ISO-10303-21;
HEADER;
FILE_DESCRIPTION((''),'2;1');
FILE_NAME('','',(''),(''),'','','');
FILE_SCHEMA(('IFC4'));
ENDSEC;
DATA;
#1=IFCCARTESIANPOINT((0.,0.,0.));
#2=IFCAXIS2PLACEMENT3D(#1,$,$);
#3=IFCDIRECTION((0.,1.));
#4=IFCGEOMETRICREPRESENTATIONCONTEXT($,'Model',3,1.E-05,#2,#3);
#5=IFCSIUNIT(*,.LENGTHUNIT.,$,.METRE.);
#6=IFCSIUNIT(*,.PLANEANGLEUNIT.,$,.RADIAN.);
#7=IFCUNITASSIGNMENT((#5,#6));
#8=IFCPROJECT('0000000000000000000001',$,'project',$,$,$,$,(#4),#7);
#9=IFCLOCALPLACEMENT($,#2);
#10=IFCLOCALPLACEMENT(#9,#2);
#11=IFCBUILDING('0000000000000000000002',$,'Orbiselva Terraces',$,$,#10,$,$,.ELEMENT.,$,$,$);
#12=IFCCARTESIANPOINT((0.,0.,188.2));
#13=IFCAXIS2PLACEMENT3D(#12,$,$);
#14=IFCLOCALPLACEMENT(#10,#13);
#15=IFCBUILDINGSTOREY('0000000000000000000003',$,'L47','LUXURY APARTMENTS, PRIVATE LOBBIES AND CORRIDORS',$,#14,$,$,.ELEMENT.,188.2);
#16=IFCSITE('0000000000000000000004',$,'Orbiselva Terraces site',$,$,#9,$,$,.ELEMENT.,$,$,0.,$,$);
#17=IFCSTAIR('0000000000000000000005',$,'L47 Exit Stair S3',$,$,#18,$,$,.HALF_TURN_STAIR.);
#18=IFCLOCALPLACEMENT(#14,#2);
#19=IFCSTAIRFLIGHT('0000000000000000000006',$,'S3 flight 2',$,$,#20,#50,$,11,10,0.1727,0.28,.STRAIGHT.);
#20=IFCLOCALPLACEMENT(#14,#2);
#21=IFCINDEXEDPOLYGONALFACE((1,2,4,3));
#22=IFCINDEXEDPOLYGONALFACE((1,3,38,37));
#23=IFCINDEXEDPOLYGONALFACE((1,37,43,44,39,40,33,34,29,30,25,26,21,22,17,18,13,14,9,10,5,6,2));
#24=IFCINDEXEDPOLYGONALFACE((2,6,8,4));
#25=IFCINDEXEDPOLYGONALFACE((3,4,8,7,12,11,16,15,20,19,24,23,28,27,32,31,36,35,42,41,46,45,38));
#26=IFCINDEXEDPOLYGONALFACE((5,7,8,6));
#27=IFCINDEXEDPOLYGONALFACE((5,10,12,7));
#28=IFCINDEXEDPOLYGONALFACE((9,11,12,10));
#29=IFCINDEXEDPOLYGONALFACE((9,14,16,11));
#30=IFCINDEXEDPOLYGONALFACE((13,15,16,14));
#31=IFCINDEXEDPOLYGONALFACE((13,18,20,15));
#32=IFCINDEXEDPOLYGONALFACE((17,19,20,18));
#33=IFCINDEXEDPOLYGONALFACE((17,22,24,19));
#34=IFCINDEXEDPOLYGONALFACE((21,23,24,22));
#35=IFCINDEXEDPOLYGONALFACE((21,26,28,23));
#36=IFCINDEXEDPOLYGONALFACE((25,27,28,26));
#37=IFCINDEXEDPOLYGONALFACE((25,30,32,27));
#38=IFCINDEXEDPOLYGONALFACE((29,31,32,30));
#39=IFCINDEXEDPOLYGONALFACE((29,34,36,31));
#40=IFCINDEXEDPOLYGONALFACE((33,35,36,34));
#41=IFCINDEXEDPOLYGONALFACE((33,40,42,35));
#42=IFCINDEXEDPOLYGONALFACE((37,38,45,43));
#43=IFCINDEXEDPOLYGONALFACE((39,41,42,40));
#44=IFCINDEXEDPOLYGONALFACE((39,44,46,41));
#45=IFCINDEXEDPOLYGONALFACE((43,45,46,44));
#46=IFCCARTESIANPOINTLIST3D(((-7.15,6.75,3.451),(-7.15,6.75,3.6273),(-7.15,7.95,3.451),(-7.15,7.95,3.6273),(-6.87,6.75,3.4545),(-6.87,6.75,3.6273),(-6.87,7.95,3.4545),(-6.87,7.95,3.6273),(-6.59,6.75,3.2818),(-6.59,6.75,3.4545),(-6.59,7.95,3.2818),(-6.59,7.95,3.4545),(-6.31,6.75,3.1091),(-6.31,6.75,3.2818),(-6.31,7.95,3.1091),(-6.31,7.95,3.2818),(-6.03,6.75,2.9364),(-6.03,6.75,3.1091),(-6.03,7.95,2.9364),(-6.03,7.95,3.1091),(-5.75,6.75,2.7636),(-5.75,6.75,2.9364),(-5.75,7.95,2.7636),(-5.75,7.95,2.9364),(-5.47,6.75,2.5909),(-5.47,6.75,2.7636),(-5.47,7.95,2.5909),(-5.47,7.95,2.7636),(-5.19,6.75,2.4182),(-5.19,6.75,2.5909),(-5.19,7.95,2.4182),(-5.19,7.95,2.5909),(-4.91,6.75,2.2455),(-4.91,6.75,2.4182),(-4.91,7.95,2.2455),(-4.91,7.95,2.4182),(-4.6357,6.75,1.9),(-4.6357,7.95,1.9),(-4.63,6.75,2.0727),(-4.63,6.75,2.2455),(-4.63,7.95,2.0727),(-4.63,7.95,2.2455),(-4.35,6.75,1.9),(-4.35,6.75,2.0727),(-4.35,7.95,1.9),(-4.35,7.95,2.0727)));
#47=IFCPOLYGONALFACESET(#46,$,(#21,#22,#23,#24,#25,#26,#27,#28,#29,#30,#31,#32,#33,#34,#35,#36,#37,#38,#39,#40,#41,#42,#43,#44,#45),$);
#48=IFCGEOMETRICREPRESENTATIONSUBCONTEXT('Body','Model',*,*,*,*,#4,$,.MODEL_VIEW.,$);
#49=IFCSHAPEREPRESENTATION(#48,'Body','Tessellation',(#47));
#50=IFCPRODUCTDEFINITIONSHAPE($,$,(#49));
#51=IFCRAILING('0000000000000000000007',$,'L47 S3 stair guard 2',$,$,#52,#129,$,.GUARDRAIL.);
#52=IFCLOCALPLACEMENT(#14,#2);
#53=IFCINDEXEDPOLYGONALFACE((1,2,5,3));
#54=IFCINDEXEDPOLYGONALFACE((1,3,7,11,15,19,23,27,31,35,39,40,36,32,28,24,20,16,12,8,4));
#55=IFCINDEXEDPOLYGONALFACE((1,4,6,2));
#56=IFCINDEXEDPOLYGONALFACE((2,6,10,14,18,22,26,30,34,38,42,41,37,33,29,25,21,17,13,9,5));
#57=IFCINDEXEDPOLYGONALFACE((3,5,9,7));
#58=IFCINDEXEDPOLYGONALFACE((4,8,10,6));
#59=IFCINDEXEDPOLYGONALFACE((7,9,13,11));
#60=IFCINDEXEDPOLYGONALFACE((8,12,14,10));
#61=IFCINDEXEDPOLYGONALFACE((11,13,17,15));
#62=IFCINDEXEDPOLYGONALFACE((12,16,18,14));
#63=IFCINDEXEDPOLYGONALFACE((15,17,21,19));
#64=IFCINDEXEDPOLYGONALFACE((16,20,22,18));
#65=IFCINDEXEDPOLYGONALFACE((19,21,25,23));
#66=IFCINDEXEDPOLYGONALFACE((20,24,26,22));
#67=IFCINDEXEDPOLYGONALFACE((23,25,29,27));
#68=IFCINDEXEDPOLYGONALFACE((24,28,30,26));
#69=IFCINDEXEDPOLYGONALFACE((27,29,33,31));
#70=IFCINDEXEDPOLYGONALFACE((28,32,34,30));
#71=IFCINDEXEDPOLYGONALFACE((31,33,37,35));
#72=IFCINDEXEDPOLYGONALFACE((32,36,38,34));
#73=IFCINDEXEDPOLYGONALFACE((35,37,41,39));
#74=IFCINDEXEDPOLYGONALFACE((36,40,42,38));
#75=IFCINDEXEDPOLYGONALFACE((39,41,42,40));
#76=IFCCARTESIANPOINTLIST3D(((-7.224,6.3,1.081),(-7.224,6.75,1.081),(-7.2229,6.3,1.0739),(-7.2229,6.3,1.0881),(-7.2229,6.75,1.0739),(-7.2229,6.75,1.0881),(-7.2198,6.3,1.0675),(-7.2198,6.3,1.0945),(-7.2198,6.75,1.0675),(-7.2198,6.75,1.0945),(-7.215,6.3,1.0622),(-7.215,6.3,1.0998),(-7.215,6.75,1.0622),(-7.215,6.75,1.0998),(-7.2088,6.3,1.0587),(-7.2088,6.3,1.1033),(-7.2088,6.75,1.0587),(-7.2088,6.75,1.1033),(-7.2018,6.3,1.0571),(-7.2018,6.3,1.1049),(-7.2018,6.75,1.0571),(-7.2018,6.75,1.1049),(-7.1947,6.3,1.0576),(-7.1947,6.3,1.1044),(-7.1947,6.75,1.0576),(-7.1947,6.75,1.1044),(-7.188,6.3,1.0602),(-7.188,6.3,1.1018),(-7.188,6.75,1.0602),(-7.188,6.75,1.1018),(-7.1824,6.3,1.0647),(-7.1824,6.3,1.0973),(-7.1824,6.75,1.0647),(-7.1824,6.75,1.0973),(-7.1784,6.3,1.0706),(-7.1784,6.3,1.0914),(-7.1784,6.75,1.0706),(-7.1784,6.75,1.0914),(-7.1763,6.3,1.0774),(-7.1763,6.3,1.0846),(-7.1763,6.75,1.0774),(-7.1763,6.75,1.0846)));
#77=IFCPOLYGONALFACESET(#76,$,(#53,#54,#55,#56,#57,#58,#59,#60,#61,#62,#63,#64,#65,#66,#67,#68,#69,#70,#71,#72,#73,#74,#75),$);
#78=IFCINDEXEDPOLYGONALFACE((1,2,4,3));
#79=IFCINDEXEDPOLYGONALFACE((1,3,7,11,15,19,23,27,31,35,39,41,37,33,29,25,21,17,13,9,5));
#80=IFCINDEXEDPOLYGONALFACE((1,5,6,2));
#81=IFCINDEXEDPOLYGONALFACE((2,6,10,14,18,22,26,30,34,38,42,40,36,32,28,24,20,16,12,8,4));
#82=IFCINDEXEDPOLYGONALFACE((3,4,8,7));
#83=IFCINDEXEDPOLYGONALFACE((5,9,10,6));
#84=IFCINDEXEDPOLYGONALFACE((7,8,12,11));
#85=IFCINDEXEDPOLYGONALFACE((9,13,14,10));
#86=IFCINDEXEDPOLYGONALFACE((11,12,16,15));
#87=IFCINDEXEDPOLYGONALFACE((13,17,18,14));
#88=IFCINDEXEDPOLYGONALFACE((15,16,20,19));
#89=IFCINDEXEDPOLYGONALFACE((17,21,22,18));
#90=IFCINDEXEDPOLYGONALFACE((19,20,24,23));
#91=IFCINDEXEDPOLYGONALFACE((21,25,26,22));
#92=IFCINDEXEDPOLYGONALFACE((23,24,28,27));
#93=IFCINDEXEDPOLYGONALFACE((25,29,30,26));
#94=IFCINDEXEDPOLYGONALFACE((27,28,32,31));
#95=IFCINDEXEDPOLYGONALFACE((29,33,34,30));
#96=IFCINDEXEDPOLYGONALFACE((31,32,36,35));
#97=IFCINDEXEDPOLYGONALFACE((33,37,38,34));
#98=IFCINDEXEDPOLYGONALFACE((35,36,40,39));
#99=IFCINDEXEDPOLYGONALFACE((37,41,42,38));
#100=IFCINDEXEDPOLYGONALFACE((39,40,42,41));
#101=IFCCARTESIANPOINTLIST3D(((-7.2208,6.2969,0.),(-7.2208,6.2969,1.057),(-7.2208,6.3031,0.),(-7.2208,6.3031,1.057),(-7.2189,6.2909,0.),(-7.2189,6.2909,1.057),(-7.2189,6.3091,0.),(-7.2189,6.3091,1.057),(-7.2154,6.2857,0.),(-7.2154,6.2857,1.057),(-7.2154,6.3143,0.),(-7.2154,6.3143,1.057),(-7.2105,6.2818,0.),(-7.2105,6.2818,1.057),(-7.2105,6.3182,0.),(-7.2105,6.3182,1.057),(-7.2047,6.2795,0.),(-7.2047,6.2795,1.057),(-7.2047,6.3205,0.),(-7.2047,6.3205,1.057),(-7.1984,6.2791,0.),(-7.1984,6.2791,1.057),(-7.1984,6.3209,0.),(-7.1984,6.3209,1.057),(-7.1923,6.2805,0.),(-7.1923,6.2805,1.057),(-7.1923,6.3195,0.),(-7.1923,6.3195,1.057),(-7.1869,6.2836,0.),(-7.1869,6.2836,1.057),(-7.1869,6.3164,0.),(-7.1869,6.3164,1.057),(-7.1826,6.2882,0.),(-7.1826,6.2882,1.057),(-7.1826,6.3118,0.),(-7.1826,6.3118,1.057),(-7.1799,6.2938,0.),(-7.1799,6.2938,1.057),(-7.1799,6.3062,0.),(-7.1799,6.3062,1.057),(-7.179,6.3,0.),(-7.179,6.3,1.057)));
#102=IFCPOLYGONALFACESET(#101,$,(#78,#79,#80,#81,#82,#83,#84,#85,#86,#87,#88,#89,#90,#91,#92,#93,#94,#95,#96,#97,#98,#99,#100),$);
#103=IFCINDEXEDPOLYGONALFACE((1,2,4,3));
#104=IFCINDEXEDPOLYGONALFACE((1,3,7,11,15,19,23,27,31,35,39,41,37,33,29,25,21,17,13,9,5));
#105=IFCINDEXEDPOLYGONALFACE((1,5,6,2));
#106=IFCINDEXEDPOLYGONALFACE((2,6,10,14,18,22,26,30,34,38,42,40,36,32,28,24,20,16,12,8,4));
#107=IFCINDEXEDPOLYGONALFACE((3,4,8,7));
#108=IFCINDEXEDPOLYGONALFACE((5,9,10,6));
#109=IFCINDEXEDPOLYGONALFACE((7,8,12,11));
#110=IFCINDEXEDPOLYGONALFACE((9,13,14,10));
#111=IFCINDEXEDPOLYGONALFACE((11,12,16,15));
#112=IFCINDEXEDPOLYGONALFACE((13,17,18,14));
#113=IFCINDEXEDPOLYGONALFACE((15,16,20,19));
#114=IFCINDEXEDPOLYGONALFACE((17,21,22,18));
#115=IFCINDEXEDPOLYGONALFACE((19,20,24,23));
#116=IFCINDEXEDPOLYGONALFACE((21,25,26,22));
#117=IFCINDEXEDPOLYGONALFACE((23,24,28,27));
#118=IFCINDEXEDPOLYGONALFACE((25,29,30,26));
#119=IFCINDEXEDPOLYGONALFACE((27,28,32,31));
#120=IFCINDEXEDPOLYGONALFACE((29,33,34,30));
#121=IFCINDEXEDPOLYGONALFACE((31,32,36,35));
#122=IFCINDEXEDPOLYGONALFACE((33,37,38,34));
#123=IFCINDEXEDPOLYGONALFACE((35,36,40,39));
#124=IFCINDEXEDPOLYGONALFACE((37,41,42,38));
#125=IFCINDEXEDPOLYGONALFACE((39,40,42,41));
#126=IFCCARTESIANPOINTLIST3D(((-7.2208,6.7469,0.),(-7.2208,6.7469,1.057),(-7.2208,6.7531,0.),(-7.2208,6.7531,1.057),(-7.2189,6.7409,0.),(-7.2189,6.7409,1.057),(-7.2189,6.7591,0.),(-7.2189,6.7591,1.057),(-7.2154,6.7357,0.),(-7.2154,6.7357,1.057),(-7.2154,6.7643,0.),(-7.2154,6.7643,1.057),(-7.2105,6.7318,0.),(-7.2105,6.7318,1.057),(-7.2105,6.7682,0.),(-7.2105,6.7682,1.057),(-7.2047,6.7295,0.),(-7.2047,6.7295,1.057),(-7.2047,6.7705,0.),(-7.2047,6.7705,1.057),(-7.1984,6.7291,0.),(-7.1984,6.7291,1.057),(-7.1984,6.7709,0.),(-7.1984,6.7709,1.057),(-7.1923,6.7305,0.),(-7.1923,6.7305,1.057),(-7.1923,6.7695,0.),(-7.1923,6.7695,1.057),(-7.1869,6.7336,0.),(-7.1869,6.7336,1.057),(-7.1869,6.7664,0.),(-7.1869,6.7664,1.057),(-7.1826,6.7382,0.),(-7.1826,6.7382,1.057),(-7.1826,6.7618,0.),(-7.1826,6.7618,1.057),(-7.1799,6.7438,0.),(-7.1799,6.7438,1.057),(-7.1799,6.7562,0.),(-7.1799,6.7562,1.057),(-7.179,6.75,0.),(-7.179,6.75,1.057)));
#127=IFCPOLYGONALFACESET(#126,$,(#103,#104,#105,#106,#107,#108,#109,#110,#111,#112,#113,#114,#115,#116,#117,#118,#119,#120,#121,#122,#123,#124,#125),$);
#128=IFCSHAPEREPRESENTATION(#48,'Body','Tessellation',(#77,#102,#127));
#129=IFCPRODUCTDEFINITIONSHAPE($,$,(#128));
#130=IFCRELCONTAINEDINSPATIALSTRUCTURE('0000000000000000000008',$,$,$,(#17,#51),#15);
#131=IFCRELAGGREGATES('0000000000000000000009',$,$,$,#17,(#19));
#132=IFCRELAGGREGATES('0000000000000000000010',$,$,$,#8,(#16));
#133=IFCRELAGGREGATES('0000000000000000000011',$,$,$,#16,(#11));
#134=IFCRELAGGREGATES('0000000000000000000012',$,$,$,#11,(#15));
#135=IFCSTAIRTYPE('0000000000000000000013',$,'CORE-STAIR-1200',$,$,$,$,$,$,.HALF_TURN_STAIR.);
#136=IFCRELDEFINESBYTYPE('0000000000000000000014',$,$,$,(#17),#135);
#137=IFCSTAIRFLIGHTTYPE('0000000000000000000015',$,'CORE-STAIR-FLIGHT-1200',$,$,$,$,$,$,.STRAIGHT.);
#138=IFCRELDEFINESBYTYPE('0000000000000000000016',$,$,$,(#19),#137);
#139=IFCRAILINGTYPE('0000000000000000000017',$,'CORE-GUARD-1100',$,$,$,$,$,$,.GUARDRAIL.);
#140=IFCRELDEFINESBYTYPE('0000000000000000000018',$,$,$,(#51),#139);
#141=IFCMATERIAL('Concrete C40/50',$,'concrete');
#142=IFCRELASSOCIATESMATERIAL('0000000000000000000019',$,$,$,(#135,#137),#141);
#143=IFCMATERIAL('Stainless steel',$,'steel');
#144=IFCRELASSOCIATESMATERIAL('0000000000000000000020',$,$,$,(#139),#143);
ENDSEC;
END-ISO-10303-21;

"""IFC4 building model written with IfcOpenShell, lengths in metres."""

from ifc_helpers import new_model, si_unit, direction, frame, origin, origin_2d, place, context, subcontext, project, spatial, polyline, circle, outline, extrude, material, type_object, element, aggregate, save


model = new_model("IFC4")

# Units and contexts
model_context = context("Model", 3, precision=1e-05, world=origin(), true_north=direction((0.0, 1.0)))
body_context = subcontext(model_context, "Body", "Model", "MODEL_VIEW")
ifc_project = project(units=[si_unit("LENGTHUNIT", "METRE"), si_unit("PLANEANGLEUNIT", "RADIAN")], contexts=[model_context])

# Site, building, storey
site_placement = place(None, origin())
site = spatial("IfcSite", under=ifc_project, at=site_placement, Name="Orbiselva Terraces site", CompositionType="ELEMENT", RefElevation=0.0)
building_placement = place(site_placement, origin())
building = spatial("IfcBuilding", under=site, at=building_placement, Name="Orbiselva Terraces", CompositionType="ELEMENT")
storey_placement = place(building_placement, frame((0.0, 0.0, 188.2)))
storey = spatial("IfcBuildingStorey", under=building, at=storey_placement, Name="L47", Description="LUXURY APARTMENTS, PRIVATE LOBBIES AND CORRIDORS", CompositionType="ELEMENT", Elevation=188.2)

# Shared definitions
ifc_material_1 = material(Name="Concrete C40/50", Category="concrete")

# Stair, stair flight
stair_type = type_object("IfcStairType", Name="CORE-STAIR-1200", PredefinedType="HALF_TURN_STAIR", material=ifc_material_1)
stair_placement = place(storey_placement, origin())
stair = element("IfcStair", 1, at=stair_placement, inside=storey, type_object=stair_type, Name="L47 Exit Stair S3", PredefinedType="HALF_TURN_STAIR")
stair_flight_type = type_object("IfcStairFlightType", Name="CORE-STAIR-FLIGHT-1200", PredefinedType="STRAIGHT", material=ifc_material_1)
stair_flight_1_placement = place(storey_placement, frame((-4.35, 7.35, 1.9), z_axis=(0.0, 0.0, 1.0), x_axis=(-1.0, 0.0, 0.0)))
stair_flight_1 = element("IfcStairFlight", 2, at=stair_flight_1_placement, type_object=stair_flight_type, Name="S3 flight 2", NumberOfRisers=11, NumberOfTreads=10, PredefinedType="STRAIGHT", RiserHeight=0.1727, TreadLength=0.28, context=body_context, shape_type="SweptSolid", body=[
    extrude(outline(polyline([(0.0, 0.0), (0.0, 0.1727), (0.28, 0.1727), (0.28, 0.3455), (0.56, 0.3455), (0.56, 0.5182), (0.84, 0.5182), (0.84, 0.6909), (1.12, 0.6909), (1.12, 0.8636), (1.4, 0.8636), (1.4, 1.0364), (1.68, 1.0364), (1.68, 1.2091), (1.96, 1.2091), (1.96, 1.3818), (2.24, 1.3818), (2.24, 1.5545), (2.52, 1.5545), (2.52, 1.7273), (2.8, 1.7273), (2.8, 1.9), (2.8, 1.551), (0.2857, 0.0), (0.0, 0.0)])), frame((0.0, 0.6, 0.0), z_axis=(0.0, -1.0, 0.0), x_axis=(1.0, 0.0, 0.0)), (0.0, 0.0, 1.0), 1.2),
])
aggregate(stair, [stair_flight_1])

# Railing
ifc_material_2 = material(Name="Stainless steel", Category="steel")
railing_type_1 = type_object("IfcRailingType", Name="CORE-GUARD-1100", PredefinedType="GUARDRAIL", material=ifc_material_2)
railing_1_placement = place(storey_placement, frame((-7.2, 6.3, 0.0)))
element("IfcRailing", 3, at=railing_1_placement, inside=storey, type_object=railing_type_1, Name="L47 S3 stair guard 2", PredefinedType="GUARDRAIL", context=body_context, shape_type="SweptSolid", body=[
    extrude(circle(Radius=0.024, at=origin_2d()), frame((0.0, 0.0, 1.081), z_axis=(0.0, 1.0, 0.0), x_axis=(-1.0, 0.0, 0.0)), (0.0, 0.0, 1.0), 0.45),
    extrude(circle(Radius=0.021, at=origin_2d()), origin(), (0.0, 0.0, 1.0), 1.057),
    extrude(circle(Radius=0.021, at=origin_2d()), frame((0.0, 0.45, 0.0)), (0.0, 0.0, 1.0), 1.057),
])

save(model, "model.ifc")
